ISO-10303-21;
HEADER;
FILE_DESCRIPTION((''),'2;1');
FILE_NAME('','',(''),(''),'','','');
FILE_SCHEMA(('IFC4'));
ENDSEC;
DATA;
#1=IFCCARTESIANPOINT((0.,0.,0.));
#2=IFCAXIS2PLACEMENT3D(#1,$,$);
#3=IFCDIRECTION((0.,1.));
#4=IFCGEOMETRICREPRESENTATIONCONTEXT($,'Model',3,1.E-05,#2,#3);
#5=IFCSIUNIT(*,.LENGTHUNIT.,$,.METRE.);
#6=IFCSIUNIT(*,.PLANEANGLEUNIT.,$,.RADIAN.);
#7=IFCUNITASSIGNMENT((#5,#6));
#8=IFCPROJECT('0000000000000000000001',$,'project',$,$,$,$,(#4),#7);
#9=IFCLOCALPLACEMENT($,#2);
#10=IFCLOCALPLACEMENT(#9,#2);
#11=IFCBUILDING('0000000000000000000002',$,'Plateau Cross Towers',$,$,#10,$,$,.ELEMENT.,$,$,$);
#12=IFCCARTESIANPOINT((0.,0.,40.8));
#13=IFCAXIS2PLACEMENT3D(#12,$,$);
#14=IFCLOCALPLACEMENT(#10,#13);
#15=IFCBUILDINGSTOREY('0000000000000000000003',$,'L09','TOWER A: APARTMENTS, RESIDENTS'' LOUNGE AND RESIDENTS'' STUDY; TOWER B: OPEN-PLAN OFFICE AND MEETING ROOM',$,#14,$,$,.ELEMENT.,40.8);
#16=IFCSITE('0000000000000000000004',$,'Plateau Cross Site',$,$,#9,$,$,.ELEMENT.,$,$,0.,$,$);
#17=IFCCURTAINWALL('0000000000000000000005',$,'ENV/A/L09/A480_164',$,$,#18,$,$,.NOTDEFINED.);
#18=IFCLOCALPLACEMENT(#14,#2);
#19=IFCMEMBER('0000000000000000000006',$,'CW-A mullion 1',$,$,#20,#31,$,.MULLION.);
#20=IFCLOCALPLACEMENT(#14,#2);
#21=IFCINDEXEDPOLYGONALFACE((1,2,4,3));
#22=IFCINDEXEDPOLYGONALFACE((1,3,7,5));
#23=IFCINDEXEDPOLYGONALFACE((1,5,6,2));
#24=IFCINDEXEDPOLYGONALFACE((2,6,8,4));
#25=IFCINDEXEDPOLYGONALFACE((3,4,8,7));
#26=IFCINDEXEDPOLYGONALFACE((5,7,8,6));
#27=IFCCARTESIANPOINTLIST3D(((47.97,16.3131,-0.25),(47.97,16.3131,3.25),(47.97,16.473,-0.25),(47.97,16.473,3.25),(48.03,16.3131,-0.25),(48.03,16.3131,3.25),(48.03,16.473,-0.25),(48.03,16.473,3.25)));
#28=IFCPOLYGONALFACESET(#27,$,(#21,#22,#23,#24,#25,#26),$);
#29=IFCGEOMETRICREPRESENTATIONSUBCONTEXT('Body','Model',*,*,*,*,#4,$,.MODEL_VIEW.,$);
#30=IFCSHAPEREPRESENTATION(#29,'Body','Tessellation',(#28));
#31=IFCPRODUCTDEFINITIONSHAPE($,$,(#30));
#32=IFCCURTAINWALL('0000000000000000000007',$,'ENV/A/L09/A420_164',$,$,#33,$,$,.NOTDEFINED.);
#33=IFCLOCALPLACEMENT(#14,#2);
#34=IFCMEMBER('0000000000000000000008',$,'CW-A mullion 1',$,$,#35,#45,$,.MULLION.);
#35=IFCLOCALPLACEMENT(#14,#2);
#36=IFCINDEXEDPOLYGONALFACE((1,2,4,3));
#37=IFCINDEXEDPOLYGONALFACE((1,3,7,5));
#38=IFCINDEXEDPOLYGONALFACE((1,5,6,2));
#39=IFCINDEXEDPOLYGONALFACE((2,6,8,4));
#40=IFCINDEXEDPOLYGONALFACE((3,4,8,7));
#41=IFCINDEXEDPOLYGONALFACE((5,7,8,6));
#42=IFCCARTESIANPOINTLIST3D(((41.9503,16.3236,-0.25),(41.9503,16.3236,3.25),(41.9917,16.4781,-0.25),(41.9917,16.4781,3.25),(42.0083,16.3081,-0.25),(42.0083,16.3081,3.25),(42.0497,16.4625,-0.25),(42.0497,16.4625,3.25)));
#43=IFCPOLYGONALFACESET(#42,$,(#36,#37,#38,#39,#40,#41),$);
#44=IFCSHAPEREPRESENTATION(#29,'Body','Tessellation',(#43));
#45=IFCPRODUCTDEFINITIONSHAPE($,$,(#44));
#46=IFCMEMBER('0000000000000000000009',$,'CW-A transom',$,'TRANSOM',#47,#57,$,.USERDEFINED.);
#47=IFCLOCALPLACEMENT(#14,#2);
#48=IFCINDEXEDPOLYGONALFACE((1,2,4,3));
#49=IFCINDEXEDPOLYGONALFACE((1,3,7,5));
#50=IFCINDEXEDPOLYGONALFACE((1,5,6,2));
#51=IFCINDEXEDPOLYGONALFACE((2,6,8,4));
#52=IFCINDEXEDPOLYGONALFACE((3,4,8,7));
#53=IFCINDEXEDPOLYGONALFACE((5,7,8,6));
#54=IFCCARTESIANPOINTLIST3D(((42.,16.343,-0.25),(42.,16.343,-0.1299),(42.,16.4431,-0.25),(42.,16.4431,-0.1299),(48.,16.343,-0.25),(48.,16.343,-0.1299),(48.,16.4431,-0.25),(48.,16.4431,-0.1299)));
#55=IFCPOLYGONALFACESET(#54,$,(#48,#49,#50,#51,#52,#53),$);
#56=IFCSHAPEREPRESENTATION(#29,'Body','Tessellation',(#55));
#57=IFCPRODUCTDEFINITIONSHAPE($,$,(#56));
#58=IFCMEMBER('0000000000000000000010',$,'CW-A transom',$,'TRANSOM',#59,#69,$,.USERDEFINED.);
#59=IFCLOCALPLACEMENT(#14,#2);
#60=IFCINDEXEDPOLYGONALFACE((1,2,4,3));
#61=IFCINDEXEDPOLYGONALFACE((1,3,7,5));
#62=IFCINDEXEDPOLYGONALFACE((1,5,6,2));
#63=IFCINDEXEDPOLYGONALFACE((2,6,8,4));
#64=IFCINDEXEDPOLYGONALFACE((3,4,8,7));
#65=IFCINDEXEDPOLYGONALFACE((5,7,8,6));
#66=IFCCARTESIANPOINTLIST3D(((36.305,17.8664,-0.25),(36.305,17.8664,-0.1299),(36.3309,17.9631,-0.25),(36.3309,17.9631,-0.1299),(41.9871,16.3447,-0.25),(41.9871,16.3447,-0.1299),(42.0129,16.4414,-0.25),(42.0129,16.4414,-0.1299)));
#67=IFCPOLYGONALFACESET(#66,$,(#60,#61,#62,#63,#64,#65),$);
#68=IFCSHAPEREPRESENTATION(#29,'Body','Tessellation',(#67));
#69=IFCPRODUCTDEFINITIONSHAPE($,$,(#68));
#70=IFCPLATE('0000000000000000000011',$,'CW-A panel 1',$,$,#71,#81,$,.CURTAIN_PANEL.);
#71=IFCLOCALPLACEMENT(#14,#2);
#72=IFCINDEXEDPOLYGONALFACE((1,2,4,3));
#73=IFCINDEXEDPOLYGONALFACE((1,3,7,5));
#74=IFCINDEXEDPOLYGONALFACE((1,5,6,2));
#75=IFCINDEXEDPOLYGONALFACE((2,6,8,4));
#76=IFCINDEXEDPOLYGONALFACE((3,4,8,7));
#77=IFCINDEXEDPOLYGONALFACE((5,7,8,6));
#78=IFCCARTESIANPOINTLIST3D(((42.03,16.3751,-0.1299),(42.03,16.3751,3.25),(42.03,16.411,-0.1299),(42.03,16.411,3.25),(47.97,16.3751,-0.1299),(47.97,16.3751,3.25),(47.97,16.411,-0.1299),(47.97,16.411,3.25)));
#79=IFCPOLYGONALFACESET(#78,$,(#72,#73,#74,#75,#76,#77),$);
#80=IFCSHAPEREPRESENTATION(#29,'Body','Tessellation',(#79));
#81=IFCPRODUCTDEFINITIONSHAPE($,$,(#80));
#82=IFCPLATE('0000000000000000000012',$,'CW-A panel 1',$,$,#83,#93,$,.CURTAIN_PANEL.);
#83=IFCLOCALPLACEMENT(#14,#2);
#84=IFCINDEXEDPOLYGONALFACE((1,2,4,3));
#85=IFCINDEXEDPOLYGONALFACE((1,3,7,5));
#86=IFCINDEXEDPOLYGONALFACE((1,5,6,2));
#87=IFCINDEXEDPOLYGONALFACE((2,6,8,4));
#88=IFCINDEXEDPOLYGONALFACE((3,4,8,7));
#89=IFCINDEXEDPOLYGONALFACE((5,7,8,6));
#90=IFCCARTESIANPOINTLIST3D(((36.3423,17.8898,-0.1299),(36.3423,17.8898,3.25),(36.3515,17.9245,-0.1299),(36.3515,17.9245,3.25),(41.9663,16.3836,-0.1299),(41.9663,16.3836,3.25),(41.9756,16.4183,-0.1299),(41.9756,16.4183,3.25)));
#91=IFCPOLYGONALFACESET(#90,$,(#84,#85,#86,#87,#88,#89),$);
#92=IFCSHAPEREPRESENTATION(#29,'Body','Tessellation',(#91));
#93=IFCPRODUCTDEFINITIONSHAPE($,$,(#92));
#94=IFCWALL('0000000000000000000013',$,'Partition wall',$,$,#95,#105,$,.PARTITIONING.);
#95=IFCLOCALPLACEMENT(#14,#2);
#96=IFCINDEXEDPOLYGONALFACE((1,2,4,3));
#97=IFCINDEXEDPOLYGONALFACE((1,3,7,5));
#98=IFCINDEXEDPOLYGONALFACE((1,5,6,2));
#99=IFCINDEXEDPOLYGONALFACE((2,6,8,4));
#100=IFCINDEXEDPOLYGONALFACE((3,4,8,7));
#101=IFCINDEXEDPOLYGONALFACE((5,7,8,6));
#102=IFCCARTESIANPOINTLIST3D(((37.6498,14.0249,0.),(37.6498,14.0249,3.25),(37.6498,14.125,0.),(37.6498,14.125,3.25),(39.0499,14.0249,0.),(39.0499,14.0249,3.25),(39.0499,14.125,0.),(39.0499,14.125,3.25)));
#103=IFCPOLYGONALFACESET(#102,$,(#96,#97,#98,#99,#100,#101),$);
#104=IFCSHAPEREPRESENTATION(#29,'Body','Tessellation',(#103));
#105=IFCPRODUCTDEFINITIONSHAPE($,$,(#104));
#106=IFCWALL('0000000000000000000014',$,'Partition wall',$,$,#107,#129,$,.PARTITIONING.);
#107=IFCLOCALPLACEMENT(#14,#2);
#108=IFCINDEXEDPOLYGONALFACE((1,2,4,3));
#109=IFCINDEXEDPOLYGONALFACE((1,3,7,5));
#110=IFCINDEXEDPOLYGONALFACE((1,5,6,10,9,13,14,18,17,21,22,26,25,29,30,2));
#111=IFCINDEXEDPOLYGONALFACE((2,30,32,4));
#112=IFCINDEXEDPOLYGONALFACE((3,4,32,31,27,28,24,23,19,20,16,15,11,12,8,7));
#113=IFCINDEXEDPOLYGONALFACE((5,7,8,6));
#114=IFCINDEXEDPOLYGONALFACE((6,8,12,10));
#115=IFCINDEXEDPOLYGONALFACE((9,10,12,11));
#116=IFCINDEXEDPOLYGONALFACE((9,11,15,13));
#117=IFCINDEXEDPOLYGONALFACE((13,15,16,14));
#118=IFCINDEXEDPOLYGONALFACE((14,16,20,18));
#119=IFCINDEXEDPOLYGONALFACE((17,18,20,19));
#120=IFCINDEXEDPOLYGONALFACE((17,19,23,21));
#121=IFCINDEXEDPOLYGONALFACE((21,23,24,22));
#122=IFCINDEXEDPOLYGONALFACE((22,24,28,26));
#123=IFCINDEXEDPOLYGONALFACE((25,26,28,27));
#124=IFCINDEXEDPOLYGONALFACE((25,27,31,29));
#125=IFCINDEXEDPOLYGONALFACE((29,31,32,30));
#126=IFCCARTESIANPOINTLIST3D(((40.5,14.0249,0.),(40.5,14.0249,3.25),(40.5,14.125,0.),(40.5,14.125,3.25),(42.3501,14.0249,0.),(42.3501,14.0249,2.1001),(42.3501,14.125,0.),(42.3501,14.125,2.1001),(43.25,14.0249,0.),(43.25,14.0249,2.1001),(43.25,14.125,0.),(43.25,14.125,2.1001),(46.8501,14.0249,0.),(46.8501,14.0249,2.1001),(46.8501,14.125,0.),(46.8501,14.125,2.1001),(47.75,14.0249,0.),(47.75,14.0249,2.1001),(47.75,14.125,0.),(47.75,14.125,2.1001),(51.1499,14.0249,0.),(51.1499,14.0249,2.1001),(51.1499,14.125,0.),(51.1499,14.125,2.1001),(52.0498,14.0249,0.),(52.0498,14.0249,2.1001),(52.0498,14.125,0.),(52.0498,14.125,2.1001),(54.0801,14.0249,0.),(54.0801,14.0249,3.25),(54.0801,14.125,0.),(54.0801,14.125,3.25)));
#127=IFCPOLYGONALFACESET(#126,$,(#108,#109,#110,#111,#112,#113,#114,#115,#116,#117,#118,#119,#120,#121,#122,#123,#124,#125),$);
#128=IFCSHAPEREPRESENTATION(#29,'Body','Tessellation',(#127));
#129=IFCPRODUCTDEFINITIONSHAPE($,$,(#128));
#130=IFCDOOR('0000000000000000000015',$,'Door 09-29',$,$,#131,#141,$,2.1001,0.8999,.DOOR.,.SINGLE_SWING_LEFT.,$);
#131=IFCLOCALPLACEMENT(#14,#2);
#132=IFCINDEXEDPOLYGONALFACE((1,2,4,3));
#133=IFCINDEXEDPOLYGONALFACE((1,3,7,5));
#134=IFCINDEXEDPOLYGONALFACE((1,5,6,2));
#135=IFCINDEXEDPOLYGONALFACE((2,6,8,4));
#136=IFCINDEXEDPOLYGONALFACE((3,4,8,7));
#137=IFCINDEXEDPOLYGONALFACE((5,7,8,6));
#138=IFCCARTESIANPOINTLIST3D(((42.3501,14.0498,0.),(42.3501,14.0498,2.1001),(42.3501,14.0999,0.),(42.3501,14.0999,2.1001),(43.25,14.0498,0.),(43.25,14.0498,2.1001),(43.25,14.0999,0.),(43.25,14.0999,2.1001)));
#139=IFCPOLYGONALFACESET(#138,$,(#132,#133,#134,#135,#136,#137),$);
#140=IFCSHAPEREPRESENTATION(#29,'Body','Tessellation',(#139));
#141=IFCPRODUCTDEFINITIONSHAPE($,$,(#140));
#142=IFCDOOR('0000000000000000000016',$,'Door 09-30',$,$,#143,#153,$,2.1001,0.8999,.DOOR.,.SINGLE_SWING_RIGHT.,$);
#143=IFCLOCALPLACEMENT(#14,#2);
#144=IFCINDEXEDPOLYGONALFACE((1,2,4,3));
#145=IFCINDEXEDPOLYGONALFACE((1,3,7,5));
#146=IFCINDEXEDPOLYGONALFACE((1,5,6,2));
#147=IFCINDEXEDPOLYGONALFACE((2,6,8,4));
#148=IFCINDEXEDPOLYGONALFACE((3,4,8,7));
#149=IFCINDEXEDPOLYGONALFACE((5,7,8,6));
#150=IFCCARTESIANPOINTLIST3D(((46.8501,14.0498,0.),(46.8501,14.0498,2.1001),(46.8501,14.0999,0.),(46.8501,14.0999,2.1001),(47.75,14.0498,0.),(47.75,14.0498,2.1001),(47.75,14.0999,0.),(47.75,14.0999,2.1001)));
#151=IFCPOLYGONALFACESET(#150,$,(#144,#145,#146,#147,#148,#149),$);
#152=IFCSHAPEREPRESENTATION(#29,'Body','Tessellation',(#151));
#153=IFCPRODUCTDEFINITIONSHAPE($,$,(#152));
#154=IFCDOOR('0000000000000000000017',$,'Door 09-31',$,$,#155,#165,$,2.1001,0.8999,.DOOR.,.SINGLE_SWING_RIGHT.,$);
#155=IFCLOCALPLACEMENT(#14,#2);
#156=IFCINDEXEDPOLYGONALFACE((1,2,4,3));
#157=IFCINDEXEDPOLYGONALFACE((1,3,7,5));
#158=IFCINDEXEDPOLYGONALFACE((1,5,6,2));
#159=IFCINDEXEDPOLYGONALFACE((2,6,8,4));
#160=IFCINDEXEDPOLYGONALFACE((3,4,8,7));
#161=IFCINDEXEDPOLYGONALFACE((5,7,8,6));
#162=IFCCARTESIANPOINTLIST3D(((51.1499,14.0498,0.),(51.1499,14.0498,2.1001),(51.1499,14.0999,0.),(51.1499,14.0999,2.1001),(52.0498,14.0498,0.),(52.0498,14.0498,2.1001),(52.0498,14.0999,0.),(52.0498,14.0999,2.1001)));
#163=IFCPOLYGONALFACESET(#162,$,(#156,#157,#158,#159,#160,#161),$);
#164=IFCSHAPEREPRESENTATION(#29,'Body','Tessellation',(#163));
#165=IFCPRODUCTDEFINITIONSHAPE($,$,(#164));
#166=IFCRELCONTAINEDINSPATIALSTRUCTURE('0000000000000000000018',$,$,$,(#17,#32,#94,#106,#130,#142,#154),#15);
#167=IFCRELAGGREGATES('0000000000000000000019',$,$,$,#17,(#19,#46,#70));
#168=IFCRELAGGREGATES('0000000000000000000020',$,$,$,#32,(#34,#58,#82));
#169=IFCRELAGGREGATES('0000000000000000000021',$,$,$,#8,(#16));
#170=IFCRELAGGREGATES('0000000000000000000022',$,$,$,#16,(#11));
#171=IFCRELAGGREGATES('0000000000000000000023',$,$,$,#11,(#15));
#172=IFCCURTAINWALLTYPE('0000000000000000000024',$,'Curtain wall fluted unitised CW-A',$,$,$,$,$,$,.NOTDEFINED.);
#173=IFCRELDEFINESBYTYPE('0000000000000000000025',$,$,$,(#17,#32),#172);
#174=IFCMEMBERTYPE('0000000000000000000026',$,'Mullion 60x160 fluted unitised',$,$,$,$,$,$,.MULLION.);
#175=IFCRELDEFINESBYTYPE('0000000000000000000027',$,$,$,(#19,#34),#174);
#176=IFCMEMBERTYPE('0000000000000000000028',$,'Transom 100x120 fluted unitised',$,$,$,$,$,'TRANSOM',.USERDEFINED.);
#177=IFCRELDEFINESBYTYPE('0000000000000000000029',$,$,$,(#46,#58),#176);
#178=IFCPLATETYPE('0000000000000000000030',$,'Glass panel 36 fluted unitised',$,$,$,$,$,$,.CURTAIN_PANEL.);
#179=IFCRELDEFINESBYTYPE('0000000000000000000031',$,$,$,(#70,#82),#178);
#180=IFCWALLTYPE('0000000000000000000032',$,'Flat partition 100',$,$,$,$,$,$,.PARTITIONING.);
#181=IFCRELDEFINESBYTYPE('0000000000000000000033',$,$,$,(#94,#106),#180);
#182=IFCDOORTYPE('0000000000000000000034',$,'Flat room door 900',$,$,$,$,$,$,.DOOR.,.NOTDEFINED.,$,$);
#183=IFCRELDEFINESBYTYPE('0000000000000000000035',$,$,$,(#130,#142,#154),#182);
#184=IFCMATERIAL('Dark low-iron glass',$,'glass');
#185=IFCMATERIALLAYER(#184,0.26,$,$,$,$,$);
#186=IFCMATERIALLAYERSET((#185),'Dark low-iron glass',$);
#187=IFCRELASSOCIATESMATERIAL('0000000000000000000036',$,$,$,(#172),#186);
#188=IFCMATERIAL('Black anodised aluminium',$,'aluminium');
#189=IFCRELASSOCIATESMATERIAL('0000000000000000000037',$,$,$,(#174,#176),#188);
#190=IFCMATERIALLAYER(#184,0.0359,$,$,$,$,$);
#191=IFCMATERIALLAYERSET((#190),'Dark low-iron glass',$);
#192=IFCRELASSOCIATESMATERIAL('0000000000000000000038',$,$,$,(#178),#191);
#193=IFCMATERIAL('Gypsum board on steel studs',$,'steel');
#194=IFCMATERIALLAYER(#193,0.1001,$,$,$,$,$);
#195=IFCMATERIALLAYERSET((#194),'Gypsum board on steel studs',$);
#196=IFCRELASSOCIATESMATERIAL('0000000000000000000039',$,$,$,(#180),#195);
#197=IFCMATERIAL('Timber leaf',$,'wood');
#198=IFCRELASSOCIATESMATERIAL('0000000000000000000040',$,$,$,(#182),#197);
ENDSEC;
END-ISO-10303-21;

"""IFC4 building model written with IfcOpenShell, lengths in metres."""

from ifc_helpers import new_model, si_unit, direction, frame, frame_2d, origin, origin_2d, place, context, subcontext, project, spatial, rectangle, extrude, material, layer, layer_set, material_profile, profile_set, type_object, element, fill, aggregate, save


model = new_model("IFC4")

# Units and contexts
model_context = context("Model", 3, precision=1e-05, world=origin(), true_north=direction((0.0, 1.0)))
body_context = subcontext(model_context, "Body", "Model", "MODEL_VIEW")
ifc_project = project(units=[si_unit("LENGTHUNIT", "METRE"), si_unit("PLANEANGLEUNIT", "RADIAN")], contexts=[model_context])

# Site, building, storey
site_placement = place(None, origin())
site = spatial("IfcSite", under=ifc_project, at=site_placement, Name="Plateau Cross Site", CompositionType="ELEMENT", RefElevation=0.0)
building_placement = place(site_placement, origin())
building = spatial("IfcBuilding", under=site, at=building_placement, Name="Plateau Cross Towers", CompositionType="ELEMENT")
storey_placement = place(building_placement, frame((0.0, 0.0, 40.8)))
storey = spatial("IfcBuildingStorey", under=building, at=storey_placement, Name="L09", Description="TOWER A: APARTMENTS, RESIDENTS' LOUNGE AND RESIDENTS' STUDY; TOWER B: OPEN-PLAN OFFICE AND MEETING ROOM", CompositionType="ELEMENT", Elevation=40.8)

# Curtain walls, members
ifc_material_1 = material(Name="Dark low-iron glass", Category="glass")
ifc_layer_1 = layer(ifc_material_1, 0.26)
ifc_layer_set_1 = layer_set([ifc_layer_1], Name="Dark low-iron glass")
curtain_wall_type = type_object("IfcCurtainWallType", Name="Curtain wall fluted unitised CW-A", PredefinedType="NOTDEFINED", material=ifc_layer_set_1)
curtain_wall_1_placement = place(storey_placement, origin())
curtain_wall_1 = element("IfcCurtainWall", 1, at=curtain_wall_1_placement, inside=storey, type_object=curtain_wall_type, Name="ENV/A/L09/A480_164", PredefinedType="NOTDEFINED")
ifc_material_2 = material(Name="Black anodised aluminium", Category="aluminium")
ifc_material_profile_1 = material_profile(ifc_material_2, rectangle(XDim=0.0601, YDim=0.1599, at=origin_2d()), Name="MULLION 60x160")
ifc_profile_set_1 = profile_set([ifc_material_profile_1], Name="Black anodised aluminium")
member_type_1 = type_object("IfcMemberType", Name="Mullion 60x160 fluted unitised", PredefinedType="MULLION", material=ifc_profile_set_1)
member_1_placement = place(storey_placement, frame((48.0, 16.3931, -0.25), z_axis=(0.0, 0.0, 1.0), x_axis=(-1.0, 0.0, 0.0)))
member_1 = element("IfcMember", 2, at=member_1_placement, type_object=member_type_1, Name="CW-A mullion 1", PredefinedType="MULLION", context=body_context, shape_type="SweptSolid", body=[
    extrude(rectangle(XDim=0.0601, YDim=0.1599, at=origin_2d()), origin(), (0.0, 0.0, 1.0), 3.5),
])
curtain_wall_2_placement = place(storey_placement, origin())
curtain_wall_2 = element("IfcCurtainWall", 3, at=curtain_wall_2_placement, inside=storey, type_object=curtain_wall_type, Name="ENV/A/L09/A420_164", PredefinedType="NOTDEFINED")
member_2_placement = place(storey_placement, frame((42.0, 16.3931, -0.25), z_axis=(0.0, 0.0, 1.0), x_axis=(-0.965958, 0.258699, 0.0)))
member_2 = element("IfcMember", 4, at=member_2_placement, type_object=member_type_1, Name="CW-A mullion 1", PredefinedType="MULLION", context=body_context, shape_type="SweptSolid", body=[
    extrude(rectangle(XDim=0.0601, YDim=0.1599, at=origin_2d()), origin(), (0.0, 0.0, 1.0), 3.5),
])

# Members
ifc_material_profile_2 = material_profile(ifc_material_2, rectangle(XDim=0.1001, YDim=0.1201, at=origin_2d()), Name="TRANSOM 100x120")
ifc_profile_set_2 = profile_set([ifc_material_profile_2], Name="Black anodised aluminium")
member_type_2 = type_object("IfcMemberType", Name="Transom 100x120 fluted unitised", ElementType="TRANSOM", PredefinedType="USERDEFINED", material=ifc_profile_set_2)
member_3_placement = place(storey_placement, frame((48.0, 16.3931, -0.1899), z_axis=(-1.0, 0.0, 0.0), x_axis=(0.0, -1.0, 0.0)))
member_3 = element("IfcMember", 5, at=member_3_placement, type_object=member_type_2, Name="CW-A transom", ObjectType="TRANSOM", PredefinedType="USERDEFINED", context=body_context, shape_type="SweptSolid", body=[
    extrude(rectangle(XDim=0.1001, YDim=0.1201, at=origin_2d()), origin(), (0.0, 0.0, 1.0), 6.0),
])
member_4_placement = place(storey_placement, frame((42.0, 16.3931, -0.1899), z_axis=(-0.96596, 0.258693, 0.0), x_axis=(-0.258693, -0.96596, 0.0)))
member_4 = element("IfcMember", 6, at=member_4_placement, type_object=member_type_2, Name="CW-A transom", ObjectType="TRANSOM", PredefinedType="USERDEFINED", context=body_context, shape_type="SweptSolid", body=[
    extrude(rectangle(XDim=0.1001, YDim=0.1201, at=origin_2d()), origin(), (0.0, 0.0, 1.0), 5.8823),
])

# Plates
ifc_layer_2 = layer(ifc_material_1, 0.0359)
ifc_layer_set_2 = layer_set([ifc_layer_2], Name="Dark low-iron glass")
plate_type = type_object("IfcPlateType", Name="Glass panel 36 fluted unitised", PredefinedType="CURTAIN_PANEL", material=ifc_layer_set_2)
plate_1_placement = place(storey_placement, frame((45.0, 16.3931, -0.1299), z_axis=(0.0, 0.0, 1.0), x_axis=(-1.0, 0.0, 0.0)))
plate_1 = element("IfcPlate", 7, at=plate_1_placement, type_object=plate_type, Name="CW-A panel 1", PredefinedType="CURTAIN_PANEL", context=body_context, shape_type="SweptSolid", body=[
    extrude(rectangle(XDim=5.9399, YDim=0.0359, at=origin_2d()), origin(), (0.0, 0.0, 1.0), 3.3799),
])
aggregate(curtain_wall_1, [member_1, member_3, plate_1])
plate_2_placement = place(storey_placement, frame((39.1589, 17.1541, -0.1299), z_axis=(0.0, 0.0, 1.0), x_axis=(-0.965958, 0.258699, 0.0)))
plate_2 = element("IfcPlate", 8, at=plate_2_placement, type_object=plate_type, Name="CW-A panel 1", PredefinedType="CURTAIN_PANEL", context=body_context, shape_type="SweptSolid", body=[
    extrude(rectangle(XDim=5.8223, YDim=0.0359, at=origin_2d()), origin(), (0.0, 0.0, 1.0), 3.3799),
])
aggregate(curtain_wall_2, [member_2, member_4, plate_2])

# Wall
ifc_material_3 = material(Name="Gypsum board on steel studs", Category="steel")
ifc_layer_3 = layer(ifc_material_3, 0.1001)
ifc_layer_set_3 = layer_set([ifc_layer_3], Name="Gypsum board on steel studs")
wall_type_1 = type_object("IfcWallType", Name="Flat partition 100", PredefinedType="PARTITIONING", material=ifc_layer_set_3)
wall_1_placement = place(storey_placement, frame((39.05, 14.075, 0.0), z_axis=(0.0, 0.0, 1.0), x_axis=(-1.0, 0.0, 0.0)))
element("IfcWall", 9, at=wall_1_placement, inside=storey, type_object=wall_type_1, Name="Partition wall", PredefinedType="PARTITIONING", context=body_context, shape_type="SweptSolid", body=[
    extrude(rectangle(XDim=1.4001, YDim=0.1001, at=frame_2d((0.7002, 0.0))), origin(), (0.0, 0.0, 1.0), 3.25),
])

# Wall, openings, doors
wall_2_placement = place(storey_placement, frame((40.5, 14.075, 0.0), z_axis=(0.0, 0.0, 1.0), x_axis=(1.0, 0.0, 0.0)))
wall_2 = element("IfcWall", 10, at=wall_2_placement, inside=storey, type_object=wall_type_1, Name="Partition wall", PredefinedType="PARTITIONING", context=body_context, shape_type="SweptSolid", body=[
    extrude(rectangle(XDim=13.5801, YDim=0.1001, at=frame_2d((6.79, 0.0))), origin(), (0.0, 0.0, 1.0), 3.25),
])
opening_1_placement = place(wall_2_placement, frame((1.8501, 0.0, 0.0)))
opening_1 = element("IfcOpeningElement", 11, at=opening_1_placement, cuts=wall_2, PredefinedType="OPENING", context=body_context, shape_type="SweptSolid", body=[
    extrude(rectangle(XDim=0.8999, YDim=2.1001, at=frame_2d((0.45, 1.05))), frame((0.0, 0.0601, 0.0), z_axis=(0.0, -1.0, 0.0), x_axis=(1.0, 0.0, 0.0)), (0.0, 0.0, 1.0), 0.1201),
])
opening_2_placement = place(wall_2_placement, frame((6.3501, 0.0, 0.0)))
opening_2 = element("IfcOpeningElement", 12, at=opening_2_placement, cuts=wall_2, PredefinedType="OPENING", context=body_context, shape_type="SweptSolid", body=[
    extrude(rectangle(XDim=0.8999, YDim=2.1001, at=frame_2d((0.45, 1.05))), frame((0.0, 0.0601, 0.0), z_axis=(0.0, -1.0, 0.0), x_axis=(1.0, 0.0, 0.0)), (0.0, 0.0, 1.0), 0.1201),
])
opening_3_placement = place(wall_2_placement, frame((10.6499, 0.0, 0.0)))
opening_3 = element("IfcOpeningElement", 13, at=opening_3_placement, cuts=wall_2, PredefinedType="OPENING", context=body_context, shape_type="SweptSolid", body=[
    extrude(rectangle(XDim=0.8999, YDim=2.1001, at=frame_2d((0.45, 1.05))), frame((0.0, 0.0601, 0.0), z_axis=(0.0, -1.0, 0.0), x_axis=(1.0, 0.0, 0.0)), (0.0, 0.0, 1.0), 0.1201),
])
ifc_material_4 = material(Name="Timber leaf", Category="wood")
door_type = type_object("IfcDoorType", Name="Flat room door 900", OperationType="NOTDEFINED", PredefinedType="DOOR", material=ifc_material_4)
door_1_placement = place(opening_1_placement, origin())
door_1 = element("IfcDoor", 14, at=door_1_placement, inside=storey, type_object=door_type, Name="Door 09-29", OperationType="SINGLE_SWING_LEFT", OverallHeight=2.1001, OverallWidth=0.8999, PredefinedType="DOOR", context=body_context, shape_type="SweptSolid", body=[
    extrude(rectangle(XDim=0.8999, YDim=2.1001, at=frame_2d((0.45, 1.05))), frame((0.0, 0.0249, 0.0), z_axis=(0.0, -1.0, 0.0), x_axis=(1.0, 0.0, 0.0)), (0.0, 0.0, 1.0), 0.05),
])
fill(opening_1, door_1)
door_2_placement = place(opening_2_placement, origin())
door_2 = element("IfcDoor", 15, at=door_2_placement, inside=storey, type_object=door_type, Name="Door 09-30", OperationType="SINGLE_SWING_RIGHT", OverallHeight=2.1001, OverallWidth=0.8999, PredefinedType="DOOR", context=body_context, shape_type="SweptSolid", body=[
    extrude(rectangle(XDim=0.8999, YDim=2.1001, at=frame_2d((0.45, 1.05))), frame((0.0, 0.0249, 0.0), z_axis=(0.0, -1.0, 0.0), x_axis=(1.0, 0.0, 0.0)), (0.0, 0.0, 1.0), 0.05),
])
fill(opening_2, door_2)
door_3_placement = place(opening_3_placement, origin())
door_3 = element("IfcDoor", 16, at=door_3_placement, inside=storey, type_object=door_type, Name="Door 09-31", OperationType="SINGLE_SWING_RIGHT", OverallHeight=2.1001, OverallWidth=0.8999, PredefinedType="DOOR", context=body_context, shape_type="SweptSolid", body=[
    extrude(rectangle(XDim=0.8999, YDim=2.1001, at=frame_2d((0.45, 1.05))), frame((0.0, 0.0249, 0.0), z_axis=(0.0, -1.0, 0.0), x_axis=(1.0, 0.0, 0.0)), (0.0, 0.0, 1.0), 0.05),
])
fill(opening_3, door_3)

save(model, "model.ifc")
